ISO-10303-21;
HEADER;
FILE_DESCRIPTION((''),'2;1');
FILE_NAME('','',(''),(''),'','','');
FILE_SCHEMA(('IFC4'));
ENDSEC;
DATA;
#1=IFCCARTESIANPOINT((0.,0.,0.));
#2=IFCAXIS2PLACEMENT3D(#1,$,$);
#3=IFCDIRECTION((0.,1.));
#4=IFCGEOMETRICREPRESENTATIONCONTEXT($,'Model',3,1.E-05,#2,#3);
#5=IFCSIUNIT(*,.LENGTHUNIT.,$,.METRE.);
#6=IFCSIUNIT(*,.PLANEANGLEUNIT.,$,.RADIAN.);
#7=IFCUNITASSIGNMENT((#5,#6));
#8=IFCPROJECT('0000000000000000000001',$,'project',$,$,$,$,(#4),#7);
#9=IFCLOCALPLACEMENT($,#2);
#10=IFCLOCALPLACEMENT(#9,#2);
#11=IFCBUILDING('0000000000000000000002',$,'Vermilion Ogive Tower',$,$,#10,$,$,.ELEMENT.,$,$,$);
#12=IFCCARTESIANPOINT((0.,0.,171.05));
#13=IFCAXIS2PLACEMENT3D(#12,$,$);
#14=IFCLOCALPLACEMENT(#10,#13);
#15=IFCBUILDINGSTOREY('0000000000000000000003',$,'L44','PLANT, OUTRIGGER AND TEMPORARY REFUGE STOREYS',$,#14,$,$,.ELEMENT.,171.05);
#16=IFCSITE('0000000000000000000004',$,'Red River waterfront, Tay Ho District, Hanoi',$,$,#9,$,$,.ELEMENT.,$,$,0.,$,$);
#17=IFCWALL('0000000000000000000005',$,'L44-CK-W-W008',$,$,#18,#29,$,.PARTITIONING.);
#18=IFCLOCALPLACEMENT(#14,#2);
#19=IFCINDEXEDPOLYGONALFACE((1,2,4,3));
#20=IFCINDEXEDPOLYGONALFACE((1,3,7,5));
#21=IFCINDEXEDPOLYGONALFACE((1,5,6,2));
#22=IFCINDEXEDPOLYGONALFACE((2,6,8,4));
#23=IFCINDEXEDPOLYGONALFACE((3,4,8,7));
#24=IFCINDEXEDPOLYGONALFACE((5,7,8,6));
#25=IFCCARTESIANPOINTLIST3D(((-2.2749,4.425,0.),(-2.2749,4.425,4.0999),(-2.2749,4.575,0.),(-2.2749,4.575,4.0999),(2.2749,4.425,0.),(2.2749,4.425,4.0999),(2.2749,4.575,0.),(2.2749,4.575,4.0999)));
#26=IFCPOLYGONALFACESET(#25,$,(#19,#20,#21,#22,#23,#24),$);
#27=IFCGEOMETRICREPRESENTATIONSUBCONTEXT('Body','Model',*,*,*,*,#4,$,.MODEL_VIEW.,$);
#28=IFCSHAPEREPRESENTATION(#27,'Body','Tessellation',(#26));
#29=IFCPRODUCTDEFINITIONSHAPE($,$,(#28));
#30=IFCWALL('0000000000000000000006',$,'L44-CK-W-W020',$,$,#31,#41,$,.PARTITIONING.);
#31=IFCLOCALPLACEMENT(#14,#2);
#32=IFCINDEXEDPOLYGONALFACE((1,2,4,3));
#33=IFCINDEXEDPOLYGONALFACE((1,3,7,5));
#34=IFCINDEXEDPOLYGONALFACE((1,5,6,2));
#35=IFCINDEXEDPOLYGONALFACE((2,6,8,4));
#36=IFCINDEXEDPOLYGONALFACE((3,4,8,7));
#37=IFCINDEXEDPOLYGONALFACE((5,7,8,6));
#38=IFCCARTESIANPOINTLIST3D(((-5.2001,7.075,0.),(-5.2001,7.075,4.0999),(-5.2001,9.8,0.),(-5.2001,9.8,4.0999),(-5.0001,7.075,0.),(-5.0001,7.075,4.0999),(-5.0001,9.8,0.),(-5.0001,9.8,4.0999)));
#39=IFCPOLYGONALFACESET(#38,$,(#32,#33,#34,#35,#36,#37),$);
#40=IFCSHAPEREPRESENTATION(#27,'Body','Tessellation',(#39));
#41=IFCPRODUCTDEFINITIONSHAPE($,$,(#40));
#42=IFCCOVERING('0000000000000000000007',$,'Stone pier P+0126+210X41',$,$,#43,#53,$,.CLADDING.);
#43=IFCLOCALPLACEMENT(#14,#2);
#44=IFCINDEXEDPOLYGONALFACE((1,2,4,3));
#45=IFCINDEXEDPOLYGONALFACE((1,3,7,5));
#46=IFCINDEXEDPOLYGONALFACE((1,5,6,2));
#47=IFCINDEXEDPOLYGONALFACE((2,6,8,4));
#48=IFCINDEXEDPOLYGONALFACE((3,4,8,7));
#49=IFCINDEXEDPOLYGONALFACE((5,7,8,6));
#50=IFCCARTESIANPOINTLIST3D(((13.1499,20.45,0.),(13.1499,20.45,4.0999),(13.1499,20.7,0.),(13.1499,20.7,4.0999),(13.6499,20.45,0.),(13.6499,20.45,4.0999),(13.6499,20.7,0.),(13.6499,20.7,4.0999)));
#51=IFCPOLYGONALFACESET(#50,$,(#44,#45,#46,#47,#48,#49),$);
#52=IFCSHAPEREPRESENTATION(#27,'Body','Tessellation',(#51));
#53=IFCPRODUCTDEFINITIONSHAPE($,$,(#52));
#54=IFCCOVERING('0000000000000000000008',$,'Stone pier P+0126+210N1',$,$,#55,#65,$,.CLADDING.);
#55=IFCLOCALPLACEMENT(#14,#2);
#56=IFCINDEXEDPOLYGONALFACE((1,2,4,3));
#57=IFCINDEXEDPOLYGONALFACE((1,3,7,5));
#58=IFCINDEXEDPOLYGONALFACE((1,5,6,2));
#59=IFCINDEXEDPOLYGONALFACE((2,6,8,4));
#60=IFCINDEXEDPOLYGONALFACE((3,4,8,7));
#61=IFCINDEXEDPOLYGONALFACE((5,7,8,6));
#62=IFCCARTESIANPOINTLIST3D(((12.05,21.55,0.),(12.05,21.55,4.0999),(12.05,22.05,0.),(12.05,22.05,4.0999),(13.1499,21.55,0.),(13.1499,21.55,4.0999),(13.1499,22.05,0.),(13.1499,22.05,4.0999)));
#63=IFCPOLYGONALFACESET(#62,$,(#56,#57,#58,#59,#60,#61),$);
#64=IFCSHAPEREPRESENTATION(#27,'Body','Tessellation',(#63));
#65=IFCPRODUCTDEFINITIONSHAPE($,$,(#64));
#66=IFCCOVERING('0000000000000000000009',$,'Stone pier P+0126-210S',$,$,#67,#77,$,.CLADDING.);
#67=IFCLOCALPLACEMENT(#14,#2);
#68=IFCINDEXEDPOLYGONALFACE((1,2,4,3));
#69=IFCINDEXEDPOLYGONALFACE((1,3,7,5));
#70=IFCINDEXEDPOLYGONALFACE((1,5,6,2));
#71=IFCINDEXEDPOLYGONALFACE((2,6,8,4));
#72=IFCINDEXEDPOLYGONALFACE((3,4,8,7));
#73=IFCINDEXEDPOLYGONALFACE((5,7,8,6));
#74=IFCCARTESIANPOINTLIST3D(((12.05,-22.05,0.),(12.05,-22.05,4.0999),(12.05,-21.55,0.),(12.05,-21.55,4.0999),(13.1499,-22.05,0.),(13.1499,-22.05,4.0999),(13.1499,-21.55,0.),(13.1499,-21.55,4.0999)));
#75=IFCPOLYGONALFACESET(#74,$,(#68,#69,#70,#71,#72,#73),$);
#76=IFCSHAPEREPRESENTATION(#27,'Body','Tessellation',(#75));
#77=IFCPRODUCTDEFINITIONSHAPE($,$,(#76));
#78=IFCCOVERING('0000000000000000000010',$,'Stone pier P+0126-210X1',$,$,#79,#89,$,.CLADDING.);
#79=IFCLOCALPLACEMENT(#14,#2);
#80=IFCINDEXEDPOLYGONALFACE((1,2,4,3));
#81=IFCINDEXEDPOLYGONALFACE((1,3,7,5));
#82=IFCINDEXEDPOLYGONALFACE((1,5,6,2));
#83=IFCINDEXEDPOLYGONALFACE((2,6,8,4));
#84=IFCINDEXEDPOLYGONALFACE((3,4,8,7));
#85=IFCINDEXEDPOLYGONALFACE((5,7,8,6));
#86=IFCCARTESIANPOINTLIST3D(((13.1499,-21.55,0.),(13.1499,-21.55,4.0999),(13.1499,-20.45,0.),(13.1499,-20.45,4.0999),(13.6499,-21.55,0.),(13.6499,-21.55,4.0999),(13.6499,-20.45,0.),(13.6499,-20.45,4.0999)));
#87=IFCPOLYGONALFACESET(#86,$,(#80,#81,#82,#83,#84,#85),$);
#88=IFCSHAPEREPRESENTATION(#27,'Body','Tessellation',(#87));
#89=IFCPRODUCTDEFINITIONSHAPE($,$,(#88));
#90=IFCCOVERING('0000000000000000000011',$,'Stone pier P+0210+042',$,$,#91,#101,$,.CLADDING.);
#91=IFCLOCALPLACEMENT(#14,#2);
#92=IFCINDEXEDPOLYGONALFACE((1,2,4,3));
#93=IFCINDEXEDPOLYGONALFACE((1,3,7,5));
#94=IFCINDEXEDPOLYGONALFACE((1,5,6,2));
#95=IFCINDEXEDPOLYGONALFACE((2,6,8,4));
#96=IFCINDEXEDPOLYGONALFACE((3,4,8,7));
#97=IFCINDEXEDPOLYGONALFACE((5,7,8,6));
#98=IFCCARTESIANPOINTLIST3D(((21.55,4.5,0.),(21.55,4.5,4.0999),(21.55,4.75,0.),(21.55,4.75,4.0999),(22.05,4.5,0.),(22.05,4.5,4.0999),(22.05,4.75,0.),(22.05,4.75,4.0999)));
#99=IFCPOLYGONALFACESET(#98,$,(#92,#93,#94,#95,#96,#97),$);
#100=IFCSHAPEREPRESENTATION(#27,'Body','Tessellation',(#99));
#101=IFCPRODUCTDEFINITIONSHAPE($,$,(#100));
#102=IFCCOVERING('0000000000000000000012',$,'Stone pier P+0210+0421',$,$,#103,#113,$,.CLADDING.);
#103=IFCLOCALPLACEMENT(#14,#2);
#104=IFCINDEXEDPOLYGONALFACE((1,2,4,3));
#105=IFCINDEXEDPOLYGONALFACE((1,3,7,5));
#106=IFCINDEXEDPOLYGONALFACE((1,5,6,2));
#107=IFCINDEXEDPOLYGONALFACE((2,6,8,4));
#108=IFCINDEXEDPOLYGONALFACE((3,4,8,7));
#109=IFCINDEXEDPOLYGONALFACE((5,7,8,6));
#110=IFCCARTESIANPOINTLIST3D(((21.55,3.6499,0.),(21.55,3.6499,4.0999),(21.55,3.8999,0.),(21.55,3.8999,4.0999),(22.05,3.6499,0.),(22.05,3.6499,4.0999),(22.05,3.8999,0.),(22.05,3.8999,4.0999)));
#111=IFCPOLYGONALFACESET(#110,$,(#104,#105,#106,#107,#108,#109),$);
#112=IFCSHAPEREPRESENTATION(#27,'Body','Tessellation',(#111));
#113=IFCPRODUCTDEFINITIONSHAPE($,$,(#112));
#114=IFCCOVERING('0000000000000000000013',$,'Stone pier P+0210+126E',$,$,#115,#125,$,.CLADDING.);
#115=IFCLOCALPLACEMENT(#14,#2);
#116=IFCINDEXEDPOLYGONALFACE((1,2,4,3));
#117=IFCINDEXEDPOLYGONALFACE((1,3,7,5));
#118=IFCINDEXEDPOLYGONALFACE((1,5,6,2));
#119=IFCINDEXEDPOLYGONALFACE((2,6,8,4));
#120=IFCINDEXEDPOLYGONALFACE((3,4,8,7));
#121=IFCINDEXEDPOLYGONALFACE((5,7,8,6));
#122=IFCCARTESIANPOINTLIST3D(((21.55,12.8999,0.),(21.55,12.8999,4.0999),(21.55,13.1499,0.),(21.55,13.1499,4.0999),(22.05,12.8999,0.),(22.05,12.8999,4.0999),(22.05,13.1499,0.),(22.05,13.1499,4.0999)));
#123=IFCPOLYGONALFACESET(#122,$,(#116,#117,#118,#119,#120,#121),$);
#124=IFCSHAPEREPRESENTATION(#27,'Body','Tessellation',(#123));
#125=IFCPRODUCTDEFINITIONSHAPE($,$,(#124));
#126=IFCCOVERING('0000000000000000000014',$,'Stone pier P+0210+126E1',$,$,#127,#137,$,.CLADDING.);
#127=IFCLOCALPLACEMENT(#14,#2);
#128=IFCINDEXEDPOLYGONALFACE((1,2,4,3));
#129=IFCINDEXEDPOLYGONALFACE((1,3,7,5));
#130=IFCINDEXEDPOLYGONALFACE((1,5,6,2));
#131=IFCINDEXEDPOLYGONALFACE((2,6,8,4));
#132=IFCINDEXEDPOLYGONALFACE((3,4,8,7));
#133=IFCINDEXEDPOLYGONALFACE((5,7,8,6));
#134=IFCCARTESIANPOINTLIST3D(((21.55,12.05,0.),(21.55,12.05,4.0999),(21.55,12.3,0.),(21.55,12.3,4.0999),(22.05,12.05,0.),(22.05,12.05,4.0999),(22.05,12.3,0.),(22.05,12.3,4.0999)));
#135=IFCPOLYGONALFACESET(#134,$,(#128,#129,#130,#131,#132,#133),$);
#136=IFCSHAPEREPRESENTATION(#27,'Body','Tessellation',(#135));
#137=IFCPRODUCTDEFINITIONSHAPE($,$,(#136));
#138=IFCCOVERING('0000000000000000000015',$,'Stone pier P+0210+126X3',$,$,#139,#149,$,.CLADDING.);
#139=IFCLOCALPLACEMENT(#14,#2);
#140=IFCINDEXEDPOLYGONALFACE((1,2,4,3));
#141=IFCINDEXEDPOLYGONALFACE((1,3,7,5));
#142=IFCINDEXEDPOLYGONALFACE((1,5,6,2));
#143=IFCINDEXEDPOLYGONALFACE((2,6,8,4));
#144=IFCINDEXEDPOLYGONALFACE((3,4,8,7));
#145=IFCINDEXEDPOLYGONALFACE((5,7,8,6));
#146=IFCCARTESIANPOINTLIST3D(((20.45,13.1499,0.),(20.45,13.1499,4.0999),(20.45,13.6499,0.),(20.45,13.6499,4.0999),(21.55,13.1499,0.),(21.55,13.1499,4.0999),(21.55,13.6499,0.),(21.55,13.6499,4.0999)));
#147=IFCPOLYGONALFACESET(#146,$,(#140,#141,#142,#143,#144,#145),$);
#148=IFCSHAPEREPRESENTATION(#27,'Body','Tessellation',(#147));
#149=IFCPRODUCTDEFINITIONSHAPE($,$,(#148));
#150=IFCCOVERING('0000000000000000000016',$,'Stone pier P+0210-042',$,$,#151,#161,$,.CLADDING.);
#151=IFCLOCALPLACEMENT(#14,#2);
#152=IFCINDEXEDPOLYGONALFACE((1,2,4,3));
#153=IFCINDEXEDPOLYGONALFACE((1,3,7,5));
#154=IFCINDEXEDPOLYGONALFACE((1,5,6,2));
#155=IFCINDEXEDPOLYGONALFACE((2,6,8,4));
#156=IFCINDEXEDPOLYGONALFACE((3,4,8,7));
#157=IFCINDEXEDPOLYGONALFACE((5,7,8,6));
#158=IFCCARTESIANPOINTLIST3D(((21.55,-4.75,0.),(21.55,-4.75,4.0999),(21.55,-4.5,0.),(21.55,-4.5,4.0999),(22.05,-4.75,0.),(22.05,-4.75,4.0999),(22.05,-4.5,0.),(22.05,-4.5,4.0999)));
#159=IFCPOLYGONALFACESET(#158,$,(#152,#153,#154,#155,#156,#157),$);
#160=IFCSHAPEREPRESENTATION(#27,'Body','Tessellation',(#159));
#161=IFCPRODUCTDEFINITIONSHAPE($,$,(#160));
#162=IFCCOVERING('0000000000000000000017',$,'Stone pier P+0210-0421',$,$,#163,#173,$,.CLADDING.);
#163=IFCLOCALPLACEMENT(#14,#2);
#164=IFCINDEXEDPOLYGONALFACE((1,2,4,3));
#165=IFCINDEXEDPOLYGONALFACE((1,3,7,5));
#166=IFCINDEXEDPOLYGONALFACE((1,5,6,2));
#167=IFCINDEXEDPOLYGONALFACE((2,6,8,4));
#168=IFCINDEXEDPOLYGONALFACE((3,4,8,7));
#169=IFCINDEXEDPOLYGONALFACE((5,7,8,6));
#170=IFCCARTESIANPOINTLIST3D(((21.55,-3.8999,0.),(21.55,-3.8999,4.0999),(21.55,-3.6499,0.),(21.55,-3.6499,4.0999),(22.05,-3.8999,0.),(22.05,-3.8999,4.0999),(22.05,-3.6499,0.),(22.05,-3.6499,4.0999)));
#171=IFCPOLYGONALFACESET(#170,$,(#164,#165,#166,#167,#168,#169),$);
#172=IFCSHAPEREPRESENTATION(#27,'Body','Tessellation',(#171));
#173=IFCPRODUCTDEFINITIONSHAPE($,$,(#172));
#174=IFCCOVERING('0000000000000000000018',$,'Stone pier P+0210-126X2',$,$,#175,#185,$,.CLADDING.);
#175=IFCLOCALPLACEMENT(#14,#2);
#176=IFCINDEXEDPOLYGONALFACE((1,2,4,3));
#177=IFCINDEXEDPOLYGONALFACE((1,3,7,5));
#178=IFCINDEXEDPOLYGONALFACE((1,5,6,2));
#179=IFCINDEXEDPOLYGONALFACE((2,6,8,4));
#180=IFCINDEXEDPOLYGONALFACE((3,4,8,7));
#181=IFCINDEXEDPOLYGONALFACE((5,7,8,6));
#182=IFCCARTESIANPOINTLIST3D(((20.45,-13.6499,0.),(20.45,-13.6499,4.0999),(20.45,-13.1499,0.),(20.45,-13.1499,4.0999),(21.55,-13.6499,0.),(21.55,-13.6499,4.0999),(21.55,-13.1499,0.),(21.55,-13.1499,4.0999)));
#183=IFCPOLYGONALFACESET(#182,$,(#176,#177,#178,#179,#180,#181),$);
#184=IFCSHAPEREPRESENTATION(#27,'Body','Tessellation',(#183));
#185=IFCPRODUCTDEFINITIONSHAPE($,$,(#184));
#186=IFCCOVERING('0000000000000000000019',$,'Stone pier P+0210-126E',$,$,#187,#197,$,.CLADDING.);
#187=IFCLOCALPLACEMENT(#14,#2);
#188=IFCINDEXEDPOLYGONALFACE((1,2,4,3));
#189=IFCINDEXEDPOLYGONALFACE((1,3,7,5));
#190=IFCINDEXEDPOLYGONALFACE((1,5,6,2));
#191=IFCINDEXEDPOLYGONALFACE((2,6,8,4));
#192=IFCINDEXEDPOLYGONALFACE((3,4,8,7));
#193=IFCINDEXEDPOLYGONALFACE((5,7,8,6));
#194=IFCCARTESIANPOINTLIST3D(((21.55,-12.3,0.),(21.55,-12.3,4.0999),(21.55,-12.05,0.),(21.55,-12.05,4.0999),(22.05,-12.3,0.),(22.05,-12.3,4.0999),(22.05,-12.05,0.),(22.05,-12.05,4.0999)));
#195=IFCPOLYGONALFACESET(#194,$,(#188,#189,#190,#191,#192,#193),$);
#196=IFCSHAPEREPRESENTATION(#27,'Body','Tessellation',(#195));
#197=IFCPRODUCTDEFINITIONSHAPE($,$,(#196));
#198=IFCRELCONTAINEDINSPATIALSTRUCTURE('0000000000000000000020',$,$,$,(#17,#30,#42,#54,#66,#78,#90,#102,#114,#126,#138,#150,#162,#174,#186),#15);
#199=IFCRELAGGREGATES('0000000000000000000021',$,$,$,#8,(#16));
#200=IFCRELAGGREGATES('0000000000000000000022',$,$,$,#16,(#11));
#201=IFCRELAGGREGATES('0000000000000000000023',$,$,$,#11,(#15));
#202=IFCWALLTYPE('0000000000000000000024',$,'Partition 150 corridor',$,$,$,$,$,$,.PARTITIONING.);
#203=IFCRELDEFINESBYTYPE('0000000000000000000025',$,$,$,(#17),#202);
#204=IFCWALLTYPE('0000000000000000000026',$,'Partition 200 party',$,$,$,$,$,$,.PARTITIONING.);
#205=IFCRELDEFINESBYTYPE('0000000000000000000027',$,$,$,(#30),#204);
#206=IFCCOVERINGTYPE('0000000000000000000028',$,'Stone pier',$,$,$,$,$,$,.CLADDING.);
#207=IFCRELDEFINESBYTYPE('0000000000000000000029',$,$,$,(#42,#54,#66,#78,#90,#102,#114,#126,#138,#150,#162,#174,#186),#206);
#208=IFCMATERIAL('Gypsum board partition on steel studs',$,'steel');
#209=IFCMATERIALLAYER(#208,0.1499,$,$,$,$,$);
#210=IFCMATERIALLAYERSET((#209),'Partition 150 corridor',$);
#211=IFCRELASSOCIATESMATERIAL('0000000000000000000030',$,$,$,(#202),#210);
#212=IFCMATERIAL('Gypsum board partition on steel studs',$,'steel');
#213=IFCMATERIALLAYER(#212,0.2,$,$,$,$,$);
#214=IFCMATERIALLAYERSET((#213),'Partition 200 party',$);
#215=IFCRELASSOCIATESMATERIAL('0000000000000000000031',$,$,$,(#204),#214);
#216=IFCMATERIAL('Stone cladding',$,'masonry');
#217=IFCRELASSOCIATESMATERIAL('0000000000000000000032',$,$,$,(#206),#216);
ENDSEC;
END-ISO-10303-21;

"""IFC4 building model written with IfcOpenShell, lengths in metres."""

from ifc_helpers import new_model, si_unit, direction, frame, frame_2d, origin, place, context, subcontext, project, spatial, polyline, rectangle, outline, extrude, material, layer, layer_set, type_object, element, save


model = new_model("IFC4")

# Units and contexts
model_context = context("Model", 3, precision=1e-05, world=origin(), true_north=direction((0.0, 1.0)))
body_context = subcontext(model_context, "Body", "Model", "MODEL_VIEW")
ifc_project = project(units=[si_unit("LENGTHUNIT", "METRE"), si_unit("PLANEANGLEUNIT", "RADIAN")], contexts=[model_context])

# Site, building, storey
site_placement = place(None, origin())
site = spatial("IfcSite", under=ifc_project, at=site_placement, Name="Red River waterfront, Tay Ho District, Hanoi", CompositionType="ELEMENT", RefElevation=0.0)
building_placement = place(site_placement, origin())
building = spatial("IfcBuilding", under=site, at=building_placement, Name="Vermilion Ogive Tower", CompositionType="ELEMENT")
storey_placement = place(building_placement, frame((0.0, 0.0, 171.05)))
storey = spatial("IfcBuildingStorey", under=building, at=storey_placement, Name="L44", Description="PLANT, OUTRIGGER AND TEMPORARY REFUGE STOREYS", CompositionType="ELEMENT", Elevation=171.05)

# Walls
ifc_material_1 = material(Name="Gypsum board partition on steel studs", Category="steel")
ifc_layer_1 = layer(ifc_material_1, 0.1499)
ifc_layer_set_1 = layer_set([ifc_layer_1], Name="Partition 150 corridor")
wall_type_1 = type_object("IfcWallType", Name="Partition 150 corridor", PredefinedType="PARTITIONING", material=ifc_layer_set_1)
wall_1_placement = place(storey_placement, frame((-2.2749, 4.5, 0.0), z_axis=(0.0, 0.0, 1.0), x_axis=(1.0, 0.0, 0.0)))
element("IfcWall", 1, at=wall_1_placement, inside=storey, type_object=wall_type_1, Name="L44-CK-W-W008", PredefinedType="PARTITIONING", context=body_context, shape_type="SweptSolid", body=[
    extrude(rectangle(XDim=4.5498, YDim=0.1499, at=frame_2d((2.2749, 0.0))), origin(), (0.0, 0.0, 1.0), 4.0999),
])
ifc_material_2 = material(Name="Gypsum board partition on steel studs", Category="steel")
ifc_layer_2 = layer(ifc_material_2, 0.2)
ifc_layer_set_2 = layer_set([ifc_layer_2], Name="Partition 200 party")
wall_type_2 = type_object("IfcWallType", Name="Partition 200 party", PredefinedType="PARTITIONING", material=ifc_layer_set_2)
wall_2_placement = place(storey_placement, frame((-5.1001, 7.075, 0.0), z_axis=(0.0, 0.0, 1.0), x_axis=(0.0, 1.0, 0.0)))
element("IfcWall", 2, at=wall_2_placement, inside=storey, type_object=wall_type_2, Name="L44-CK-W-W020", PredefinedType="PARTITIONING", context=body_context, shape_type="SweptSolid", body=[
    extrude(rectangle(XDim=2.7251, YDim=0.2, at=frame_2d((1.3625, 0.0))), origin(), (0.0, 0.0, 1.0), 4.0999),
])

# Coverings
ifc_material_3 = material(Name="Stone cladding", Category="masonry")
covering_type = type_object("IfcCoveringType", Name="Stone pier", PredefinedType="CLADDING", material=ifc_material_3)
covering_1_placement = place(storey_placement, origin())
element("IfcCovering", 3, at=covering_1_placement, inside=storey, type_object=covering_type, Name="Stone pier P+0126+210X41", PredefinedType="CLADDING", context=body_context, shape_type="SweptSolid", body=[
    extrude(outline(polyline([(13.6499, 20.45), (13.1499, 20.45), (13.1499, 20.7), (13.6499, 20.7), (13.6499, 20.45)])), origin(), (0.0, 0.0, 1.0), 4.0999),
])
covering_2_placement = place(storey_placement, origin())
element("IfcCovering", 4, at=covering_2_placement, inside=storey, type_object=covering_type, Name="Stone pier P+0126+210N1", PredefinedType="CLADDING", context=body_context, shape_type="SweptSolid", body=[
    extrude(outline(polyline([(13.1499, 22.05), (13.1499, 21.55), (12.05, 21.55), (12.05, 22.05), (13.1499, 22.05)])), origin(), (0.0, 0.0, 1.0), 4.0999),
])
covering_3_placement = place(storey_placement, origin())
element("IfcCovering", 5, at=covering_3_placement, inside=storey, type_object=covering_type, Name="Stone pier P+0126-210S", PredefinedType="CLADDING", context=body_context, shape_type="SweptSolid", body=[
    extrude(outline(polyline([(13.1499, -22.05), (12.05, -22.05), (12.05, -21.55), (13.1499, -21.55), (13.1499, -22.05)])), origin(), (0.0, 0.0, 1.0), 4.0999),
])
covering_4_placement = place(storey_placement, origin())
element("IfcCovering", 6, at=covering_4_placement, inside=storey, type_object=covering_type, Name="Stone pier P+0126-210X1", PredefinedType="CLADDING", context=body_context, shape_type="SweptSolid", body=[
    extrude(outline(polyline([(13.6499, -21.55), (13.1499, -21.55), (13.1499, -20.45), (13.6499, -20.45), (13.6499, -21.55)])), origin(), (0.0, 0.0, 1.0), 4.0999),
])
covering_5_placement = place(storey_placement, origin())
element("IfcCovering", 7, at=covering_5_placement, inside=storey, type_object=covering_type, Name="Stone pier P+0210+042", PredefinedType="CLADDING", context=body_context, shape_type="SweptSolid", body=[
    extrude(outline(polyline([(21.55, 4.75), (22.05, 4.75), (22.05, 4.5), (21.55, 4.5), (21.55, 4.75), (21.55, 4.75)])), origin(), (0.0, 0.0, 1.0), 4.0999),
])
covering_6_placement = place(storey_placement, origin())
element("IfcCovering", 8, at=covering_6_placement, inside=storey, type_object=covering_type, Name="Stone pier P+0210+0421", PredefinedType="CLADDING", context=body_context, shape_type="SweptSolid", body=[
    extrude(outline(polyline([(22.05, 3.6499), (21.55, 3.6499), (21.55, 3.8999), (22.05, 3.8999), (22.05, 3.6499)])), origin(), (0.0, 0.0, 1.0), 4.0999),
])
covering_7_placement = place(storey_placement, origin())
element("IfcCovering", 9, at=covering_7_placement, inside=storey, type_object=covering_type, Name="Stone pier P+0210+126E", PredefinedType="CLADDING", context=body_context, shape_type="SweptSolid", body=[
    extrude(outline(polyline([(22.05, 13.1499), (22.05, 12.8999), (21.55, 12.8999), (21.55, 13.1499), (22.05, 13.1499)])), origin(), (0.0, 0.0, 1.0), 4.0999),
])
covering_8_placement = place(storey_placement, origin())
element("IfcCovering", 10, at=covering_8_placement, inside=storey, type_object=covering_type, Name="Stone pier P+0210+126E1", PredefinedType="CLADDING", context=body_context, shape_type="SweptSolid", body=[
    extrude(outline(polyline([(22.05, 12.05), (21.55, 12.05), (21.55, 12.3), (22.05, 12.3), (22.05, 12.05)])), origin(), (0.0, 0.0, 1.0), 4.0999),
])
covering_9_placement = place(storey_placement, origin())
element("IfcCovering", 11, at=covering_9_placement, inside=storey, type_object=covering_type, Name="Stone pier P+0210+126X3", PredefinedType="CLADDING", context=body_context, shape_type="SweptSolid", body=[
    extrude(outline(polyline([(21.55, 13.6499), (21.55, 13.1499), (20.45, 13.1499), (20.45, 13.6499), (21.55, 13.6499)])), origin(), (0.0, 0.0, 1.0), 4.0999),
])
covering_10_placement = place(storey_placement, origin())
element("IfcCovering", 12, at=covering_10_placement, inside=storey, type_object=covering_type, Name="Stone pier P+0210-042", PredefinedType="CLADDING", context=body_context, shape_type="SweptSolid", body=[
    extrude(outline(polyline([(21.55, -4.5), (22.05, -4.5), (22.05, -4.75), (21.55, -4.75), (21.55, -4.75), (21.55, -4.5)])), origin(), (0.0, 0.0, 1.0), 4.0999),
])
covering_11_placement = place(storey_placement, origin())
element("IfcCovering", 13, at=covering_11_placement, inside=storey, type_object=covering_type, Name="Stone pier P+0210-0421", PredefinedType="CLADDING", context=body_context, shape_type="SweptSolid", body=[
    extrude(outline(polyline([(21.55, -3.6499), (22.05, -3.6499), (22.05, -3.8999), (21.55, -3.8999), (21.55, -3.6499)])), origin(), (0.0, 0.0, 1.0), 4.0999),
])
covering_12_placement = place(storey_placement, origin())
element("IfcCovering", 14, at=covering_12_placement, inside=storey, type_object=covering_type, Name="Stone pier P+0210-126X2", PredefinedType="CLADDING", context=body_context, shape_type="SweptSolid", body=[
    extrude(outline(polyline([(21.55, -13.6499), (20.45, -13.6499), (20.45, -13.1499), (21.55, -13.1499), (21.55, -13.6499)])), origin(), (0.0, 0.0, 1.0), 4.0999),
])
covering_13_placement = place(storey_placement, origin())
element("IfcCovering", 15, at=covering_13_placement, inside=storey, type_object=covering_type, Name="Stone pier P+0210-126E", PredefinedType="CLADDING", context=body_context, shape_type="SweptSolid", body=[
    extrude(outline(polyline([(22.05, -12.3), (21.55, -12.3), (21.55, -12.05), (22.05, -12.05), (22.05, -12.3)])), origin(), (0.0, 0.0, 1.0), 4.0999),
])

save(model, "model.ifc")
